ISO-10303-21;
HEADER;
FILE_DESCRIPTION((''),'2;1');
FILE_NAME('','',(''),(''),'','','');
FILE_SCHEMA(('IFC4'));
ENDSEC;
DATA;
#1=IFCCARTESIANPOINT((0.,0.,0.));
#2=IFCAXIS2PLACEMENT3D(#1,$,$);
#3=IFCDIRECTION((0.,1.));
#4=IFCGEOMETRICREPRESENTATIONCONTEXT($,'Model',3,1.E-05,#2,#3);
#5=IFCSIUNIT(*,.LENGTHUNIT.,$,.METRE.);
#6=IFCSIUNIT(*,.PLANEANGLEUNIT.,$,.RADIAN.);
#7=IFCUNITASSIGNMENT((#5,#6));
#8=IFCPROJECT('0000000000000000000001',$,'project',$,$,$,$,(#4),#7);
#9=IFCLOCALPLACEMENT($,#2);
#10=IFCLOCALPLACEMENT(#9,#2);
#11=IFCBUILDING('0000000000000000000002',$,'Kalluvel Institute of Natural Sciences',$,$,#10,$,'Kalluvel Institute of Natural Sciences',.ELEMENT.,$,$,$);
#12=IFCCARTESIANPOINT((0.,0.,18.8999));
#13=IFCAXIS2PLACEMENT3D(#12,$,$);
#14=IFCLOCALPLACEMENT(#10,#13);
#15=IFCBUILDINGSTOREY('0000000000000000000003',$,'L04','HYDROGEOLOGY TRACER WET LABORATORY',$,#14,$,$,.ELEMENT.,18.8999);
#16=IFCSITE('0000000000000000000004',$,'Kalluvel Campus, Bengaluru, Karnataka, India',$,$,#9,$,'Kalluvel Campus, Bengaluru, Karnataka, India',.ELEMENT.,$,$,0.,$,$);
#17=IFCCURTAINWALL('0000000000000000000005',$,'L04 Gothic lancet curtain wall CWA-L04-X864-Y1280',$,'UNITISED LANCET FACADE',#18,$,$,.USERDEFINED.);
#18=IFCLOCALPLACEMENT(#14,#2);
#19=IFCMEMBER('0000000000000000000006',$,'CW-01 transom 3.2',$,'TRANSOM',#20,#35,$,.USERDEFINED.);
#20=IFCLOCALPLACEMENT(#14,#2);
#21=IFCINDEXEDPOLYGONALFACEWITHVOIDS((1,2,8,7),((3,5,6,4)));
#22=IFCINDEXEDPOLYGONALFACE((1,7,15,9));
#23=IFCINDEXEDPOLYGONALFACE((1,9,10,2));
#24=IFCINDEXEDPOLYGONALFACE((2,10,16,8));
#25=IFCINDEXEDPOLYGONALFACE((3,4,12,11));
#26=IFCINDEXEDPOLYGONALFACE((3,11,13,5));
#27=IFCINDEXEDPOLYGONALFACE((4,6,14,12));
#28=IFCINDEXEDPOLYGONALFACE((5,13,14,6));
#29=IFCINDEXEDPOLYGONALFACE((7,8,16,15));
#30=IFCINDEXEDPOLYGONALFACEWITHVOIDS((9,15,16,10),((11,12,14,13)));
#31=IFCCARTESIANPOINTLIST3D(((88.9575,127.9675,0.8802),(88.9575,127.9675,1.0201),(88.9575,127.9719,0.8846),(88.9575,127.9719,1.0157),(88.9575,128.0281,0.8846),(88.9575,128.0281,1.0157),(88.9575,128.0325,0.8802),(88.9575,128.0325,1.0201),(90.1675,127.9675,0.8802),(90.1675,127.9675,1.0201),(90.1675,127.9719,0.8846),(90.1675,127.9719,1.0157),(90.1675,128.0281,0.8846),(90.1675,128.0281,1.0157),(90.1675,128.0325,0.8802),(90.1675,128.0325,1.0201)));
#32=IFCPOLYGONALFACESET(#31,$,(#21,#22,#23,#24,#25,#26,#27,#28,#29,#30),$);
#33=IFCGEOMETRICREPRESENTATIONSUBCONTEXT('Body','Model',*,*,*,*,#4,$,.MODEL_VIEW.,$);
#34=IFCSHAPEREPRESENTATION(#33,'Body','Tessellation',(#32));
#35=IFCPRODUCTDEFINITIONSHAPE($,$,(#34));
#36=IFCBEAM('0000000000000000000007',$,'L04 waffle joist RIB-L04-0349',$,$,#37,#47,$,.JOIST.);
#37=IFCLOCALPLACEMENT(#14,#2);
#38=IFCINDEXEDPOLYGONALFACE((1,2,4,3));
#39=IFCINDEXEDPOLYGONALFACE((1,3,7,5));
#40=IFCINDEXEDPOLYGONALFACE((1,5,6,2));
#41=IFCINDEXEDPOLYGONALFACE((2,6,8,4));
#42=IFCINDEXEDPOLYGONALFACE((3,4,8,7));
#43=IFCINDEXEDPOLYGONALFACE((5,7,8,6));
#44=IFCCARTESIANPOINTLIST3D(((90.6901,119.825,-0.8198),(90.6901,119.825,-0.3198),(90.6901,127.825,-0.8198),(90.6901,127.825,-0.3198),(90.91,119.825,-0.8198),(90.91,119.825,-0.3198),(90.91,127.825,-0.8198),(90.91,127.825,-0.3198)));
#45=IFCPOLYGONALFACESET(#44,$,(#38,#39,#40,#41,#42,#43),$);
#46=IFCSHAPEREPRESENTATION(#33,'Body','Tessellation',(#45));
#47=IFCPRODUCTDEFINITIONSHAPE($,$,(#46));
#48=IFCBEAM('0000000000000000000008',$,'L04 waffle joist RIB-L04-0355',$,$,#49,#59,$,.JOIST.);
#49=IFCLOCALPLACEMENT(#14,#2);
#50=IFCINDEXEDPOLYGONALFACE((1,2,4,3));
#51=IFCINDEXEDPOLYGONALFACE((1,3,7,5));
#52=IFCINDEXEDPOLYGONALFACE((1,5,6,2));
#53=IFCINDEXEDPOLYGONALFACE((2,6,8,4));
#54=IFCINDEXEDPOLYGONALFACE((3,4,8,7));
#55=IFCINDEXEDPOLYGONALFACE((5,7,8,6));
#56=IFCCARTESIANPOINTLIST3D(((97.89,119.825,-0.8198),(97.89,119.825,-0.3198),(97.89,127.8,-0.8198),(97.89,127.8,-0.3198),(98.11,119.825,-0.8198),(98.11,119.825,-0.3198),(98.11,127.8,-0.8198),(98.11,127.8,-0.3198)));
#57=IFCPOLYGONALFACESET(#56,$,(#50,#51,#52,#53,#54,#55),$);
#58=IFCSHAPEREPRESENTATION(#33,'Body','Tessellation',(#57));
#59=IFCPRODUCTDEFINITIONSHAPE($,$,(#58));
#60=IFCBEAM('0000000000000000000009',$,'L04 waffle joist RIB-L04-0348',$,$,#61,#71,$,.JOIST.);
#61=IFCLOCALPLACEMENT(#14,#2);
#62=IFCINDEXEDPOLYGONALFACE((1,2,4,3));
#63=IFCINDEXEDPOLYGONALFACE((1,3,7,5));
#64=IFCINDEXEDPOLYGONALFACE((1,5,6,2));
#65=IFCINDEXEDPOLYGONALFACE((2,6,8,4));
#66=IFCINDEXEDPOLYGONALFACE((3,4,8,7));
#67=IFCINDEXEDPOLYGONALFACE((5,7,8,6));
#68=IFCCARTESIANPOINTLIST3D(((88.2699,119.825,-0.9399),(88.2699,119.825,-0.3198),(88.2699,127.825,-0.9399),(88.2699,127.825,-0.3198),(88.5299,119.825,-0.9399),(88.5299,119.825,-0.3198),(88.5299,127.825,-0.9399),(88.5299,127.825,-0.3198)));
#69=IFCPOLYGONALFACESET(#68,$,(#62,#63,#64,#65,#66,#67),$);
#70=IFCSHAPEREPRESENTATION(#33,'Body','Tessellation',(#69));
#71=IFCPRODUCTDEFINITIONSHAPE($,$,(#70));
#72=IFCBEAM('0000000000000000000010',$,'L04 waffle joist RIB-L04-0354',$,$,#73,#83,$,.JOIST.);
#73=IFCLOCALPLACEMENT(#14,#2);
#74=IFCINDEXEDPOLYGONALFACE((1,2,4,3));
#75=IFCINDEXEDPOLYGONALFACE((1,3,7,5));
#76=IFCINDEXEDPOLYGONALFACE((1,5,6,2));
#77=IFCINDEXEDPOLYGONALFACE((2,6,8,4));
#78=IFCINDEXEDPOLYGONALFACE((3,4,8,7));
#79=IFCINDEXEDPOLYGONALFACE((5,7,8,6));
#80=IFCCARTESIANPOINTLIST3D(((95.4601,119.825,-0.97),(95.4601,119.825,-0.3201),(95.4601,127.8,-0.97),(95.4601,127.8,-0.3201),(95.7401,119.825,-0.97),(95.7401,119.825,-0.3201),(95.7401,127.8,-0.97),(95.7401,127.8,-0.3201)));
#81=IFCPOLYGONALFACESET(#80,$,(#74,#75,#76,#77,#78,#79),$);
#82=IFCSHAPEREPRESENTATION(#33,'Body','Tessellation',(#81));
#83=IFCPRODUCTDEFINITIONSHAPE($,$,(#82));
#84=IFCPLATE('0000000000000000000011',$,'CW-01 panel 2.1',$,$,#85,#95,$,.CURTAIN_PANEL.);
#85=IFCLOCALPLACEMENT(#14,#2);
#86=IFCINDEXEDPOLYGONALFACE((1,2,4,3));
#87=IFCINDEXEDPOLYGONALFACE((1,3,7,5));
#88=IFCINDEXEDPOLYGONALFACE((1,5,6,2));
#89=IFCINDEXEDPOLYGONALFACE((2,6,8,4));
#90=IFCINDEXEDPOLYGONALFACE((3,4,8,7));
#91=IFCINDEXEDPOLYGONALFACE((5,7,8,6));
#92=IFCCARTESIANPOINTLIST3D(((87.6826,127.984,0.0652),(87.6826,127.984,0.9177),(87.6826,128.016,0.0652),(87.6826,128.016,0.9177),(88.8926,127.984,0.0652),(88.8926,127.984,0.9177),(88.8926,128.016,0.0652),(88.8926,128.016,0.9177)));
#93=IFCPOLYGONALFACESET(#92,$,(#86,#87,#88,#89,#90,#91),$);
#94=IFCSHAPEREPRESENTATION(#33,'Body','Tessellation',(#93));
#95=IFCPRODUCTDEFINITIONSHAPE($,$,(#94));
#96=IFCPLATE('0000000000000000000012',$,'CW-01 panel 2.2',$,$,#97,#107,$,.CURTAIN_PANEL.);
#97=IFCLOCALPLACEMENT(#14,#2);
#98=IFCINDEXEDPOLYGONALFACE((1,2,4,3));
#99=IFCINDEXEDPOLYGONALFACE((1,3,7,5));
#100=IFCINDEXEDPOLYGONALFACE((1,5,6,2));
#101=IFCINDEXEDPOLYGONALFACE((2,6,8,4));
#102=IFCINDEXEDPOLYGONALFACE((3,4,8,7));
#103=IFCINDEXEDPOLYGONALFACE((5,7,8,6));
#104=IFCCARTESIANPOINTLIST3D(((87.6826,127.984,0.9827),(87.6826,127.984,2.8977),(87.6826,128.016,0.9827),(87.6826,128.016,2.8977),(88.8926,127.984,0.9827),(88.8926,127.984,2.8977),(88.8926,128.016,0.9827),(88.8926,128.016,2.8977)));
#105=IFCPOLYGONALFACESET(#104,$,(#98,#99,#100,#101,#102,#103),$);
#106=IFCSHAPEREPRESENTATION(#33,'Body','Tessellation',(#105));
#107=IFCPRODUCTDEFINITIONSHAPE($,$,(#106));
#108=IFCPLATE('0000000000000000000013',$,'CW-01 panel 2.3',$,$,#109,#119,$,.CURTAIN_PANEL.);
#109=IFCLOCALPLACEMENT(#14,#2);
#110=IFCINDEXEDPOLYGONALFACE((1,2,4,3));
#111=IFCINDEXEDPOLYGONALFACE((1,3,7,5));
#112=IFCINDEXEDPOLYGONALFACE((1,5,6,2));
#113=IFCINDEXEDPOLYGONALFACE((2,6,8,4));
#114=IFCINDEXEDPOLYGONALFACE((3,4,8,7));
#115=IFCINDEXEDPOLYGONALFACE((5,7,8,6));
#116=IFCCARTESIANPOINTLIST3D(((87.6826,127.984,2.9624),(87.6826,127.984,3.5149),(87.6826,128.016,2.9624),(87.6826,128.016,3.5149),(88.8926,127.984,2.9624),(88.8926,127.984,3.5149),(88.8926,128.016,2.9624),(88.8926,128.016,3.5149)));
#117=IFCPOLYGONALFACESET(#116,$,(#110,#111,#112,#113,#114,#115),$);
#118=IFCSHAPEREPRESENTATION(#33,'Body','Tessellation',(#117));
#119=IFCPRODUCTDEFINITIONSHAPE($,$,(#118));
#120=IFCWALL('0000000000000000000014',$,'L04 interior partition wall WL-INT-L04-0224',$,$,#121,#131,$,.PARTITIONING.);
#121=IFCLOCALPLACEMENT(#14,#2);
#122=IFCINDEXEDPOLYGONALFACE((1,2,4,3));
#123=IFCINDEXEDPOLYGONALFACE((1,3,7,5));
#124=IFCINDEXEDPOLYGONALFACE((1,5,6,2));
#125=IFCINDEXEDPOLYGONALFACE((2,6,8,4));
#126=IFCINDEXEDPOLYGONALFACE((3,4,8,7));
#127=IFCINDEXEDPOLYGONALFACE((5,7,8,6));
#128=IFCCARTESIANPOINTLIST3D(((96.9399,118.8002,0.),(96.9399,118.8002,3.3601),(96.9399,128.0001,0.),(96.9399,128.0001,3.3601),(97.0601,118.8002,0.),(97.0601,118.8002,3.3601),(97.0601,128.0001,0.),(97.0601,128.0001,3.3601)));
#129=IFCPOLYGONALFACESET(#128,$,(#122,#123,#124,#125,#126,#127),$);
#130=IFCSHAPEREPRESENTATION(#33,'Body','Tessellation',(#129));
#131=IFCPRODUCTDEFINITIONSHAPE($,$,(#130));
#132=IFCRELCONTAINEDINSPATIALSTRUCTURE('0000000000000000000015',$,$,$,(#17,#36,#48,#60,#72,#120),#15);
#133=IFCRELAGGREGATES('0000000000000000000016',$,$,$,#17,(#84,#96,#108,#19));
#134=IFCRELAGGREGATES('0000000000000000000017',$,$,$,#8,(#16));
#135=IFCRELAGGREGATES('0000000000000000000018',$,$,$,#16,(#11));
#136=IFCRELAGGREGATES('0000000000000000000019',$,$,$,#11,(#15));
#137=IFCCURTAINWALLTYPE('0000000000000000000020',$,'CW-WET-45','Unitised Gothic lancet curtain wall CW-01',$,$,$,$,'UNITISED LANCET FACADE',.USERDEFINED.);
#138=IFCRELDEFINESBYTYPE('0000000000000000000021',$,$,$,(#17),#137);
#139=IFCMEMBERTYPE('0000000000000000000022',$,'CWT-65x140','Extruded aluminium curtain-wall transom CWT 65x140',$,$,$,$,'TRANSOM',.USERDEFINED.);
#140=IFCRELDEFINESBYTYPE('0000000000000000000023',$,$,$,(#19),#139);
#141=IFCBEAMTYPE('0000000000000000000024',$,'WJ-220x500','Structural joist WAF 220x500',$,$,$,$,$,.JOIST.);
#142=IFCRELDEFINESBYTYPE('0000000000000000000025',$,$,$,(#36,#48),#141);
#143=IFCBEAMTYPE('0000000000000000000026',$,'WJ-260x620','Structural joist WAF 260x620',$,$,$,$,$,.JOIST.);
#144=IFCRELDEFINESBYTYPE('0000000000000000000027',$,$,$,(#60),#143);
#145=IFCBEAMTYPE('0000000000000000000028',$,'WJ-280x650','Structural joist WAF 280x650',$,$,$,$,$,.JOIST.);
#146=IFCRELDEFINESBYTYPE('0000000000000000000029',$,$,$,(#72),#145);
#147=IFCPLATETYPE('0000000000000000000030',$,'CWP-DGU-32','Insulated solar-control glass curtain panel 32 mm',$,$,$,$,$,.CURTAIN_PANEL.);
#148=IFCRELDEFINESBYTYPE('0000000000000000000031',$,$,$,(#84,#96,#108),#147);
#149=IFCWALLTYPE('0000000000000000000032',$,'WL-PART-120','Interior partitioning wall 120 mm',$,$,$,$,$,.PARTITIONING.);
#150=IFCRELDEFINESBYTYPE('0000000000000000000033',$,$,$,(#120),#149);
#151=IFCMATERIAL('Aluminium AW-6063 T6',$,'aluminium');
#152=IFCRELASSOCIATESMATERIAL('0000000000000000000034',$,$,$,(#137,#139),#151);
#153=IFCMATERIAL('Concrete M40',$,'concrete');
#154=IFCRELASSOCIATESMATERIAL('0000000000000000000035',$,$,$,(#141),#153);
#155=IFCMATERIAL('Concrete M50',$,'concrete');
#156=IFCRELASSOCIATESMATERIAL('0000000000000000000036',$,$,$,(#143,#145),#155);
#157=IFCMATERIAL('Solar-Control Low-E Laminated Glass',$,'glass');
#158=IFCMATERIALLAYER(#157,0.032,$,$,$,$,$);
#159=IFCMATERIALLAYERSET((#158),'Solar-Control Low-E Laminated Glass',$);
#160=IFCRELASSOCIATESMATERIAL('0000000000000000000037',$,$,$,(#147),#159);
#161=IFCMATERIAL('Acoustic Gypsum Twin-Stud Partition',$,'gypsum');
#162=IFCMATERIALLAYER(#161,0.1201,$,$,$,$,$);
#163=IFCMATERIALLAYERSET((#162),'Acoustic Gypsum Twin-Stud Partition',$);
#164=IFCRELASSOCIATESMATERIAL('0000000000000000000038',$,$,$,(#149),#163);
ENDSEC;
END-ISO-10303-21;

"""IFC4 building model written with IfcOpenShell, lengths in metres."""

from ifc_helpers import new_model, si_unit, direction, frame, frame_2d, origin, origin_2d, place, context, subcontext, project, spatial, rectangle, hollow_rectangle, extrude, material, layer, layer_set, material_profile, profile_set, type_object, element, aggregate, save


model = new_model("IFC4")

# Units and contexts
model_context = context("Model", 3, precision=1e-05, world=origin(), true_north=direction((0.0, 1.0)))
body_context = subcontext(model_context, "Body", "Model", "MODEL_VIEW")
ifc_project = project(units=[si_unit("LENGTHUNIT", "METRE"), si_unit("PLANEANGLEUNIT", "RADIAN")], contexts=[model_context])

# Site, building, storey
site_placement = place(None, origin())
site = spatial("IfcSite", under=ifc_project, at=site_placement, Name="Kalluvel Campus, Bengaluru, Karnataka, India", LongName="Kalluvel Campus, Bengaluru, Karnataka, India", CompositionType="ELEMENT", RefElevation=0.0)
building_placement = place(site_placement, origin())
building = spatial("IfcBuilding", under=site, at=building_placement, Name="Kalluvel Institute of Natural Sciences", LongName="Kalluvel Institute of Natural Sciences", CompositionType="ELEMENT")
storey_placement = place(building_placement, frame((0.0, 0.0, 18.8999)))
storey = spatial("IfcBuildingStorey", under=building, at=storey_placement, Name="L04", Description="HYDROGEOLOGY TRACER WET LABORATORY", CompositionType="ELEMENT", Elevation=18.8999)

# Shared definitions
ifc_material_1 = material(Name="Concrete M50", Category="concrete")

# Shared definitions
ifc_material_2 = material(Name="Concrete M40", Category="concrete")

# Curtain wall, member
ifc_material_3 = material(Name="Aluminium AW-6063 T6", Category="aluminium")
curtain_wall_type = type_object("IfcCurtainWallType", Name="CW-WET-45", Description="Unitised Gothic lancet curtain wall CW-01", ElementType="UNITISED LANCET FACADE", PredefinedType="USERDEFINED", material=ifc_material_3)
curtain_wall_placement = place(storey_placement, origin())
curtain_wall = element("IfcCurtainWall", 1, at=curtain_wall_placement, inside=storey, type_object=curtain_wall_type, Name="L04 Gothic lancet curtain wall CWA-L04-X864-Y1280", ObjectType="UNITISED LANCET FACADE", PredefinedType="USERDEFINED")
ifc_material_profile_1 = material_profile(ifc_material_3, hollow_rectangle(XDim=0.0649, YDim=0.1399, WallThickness=0.0044, at=origin_2d()), Name="CWT 65x140")
ifc_profile_set_1 = profile_set([ifc_material_profile_1], Name="Aluminium AW-6063 T6")
member_type_1 = type_object("IfcMemberType", Name="CWT-65x140", Description="Extruded aluminium curtain-wall transom CWT 65x140", ElementType="TRANSOM", PredefinedType="USERDEFINED", material=ifc_profile_set_1)
member_1_placement = place(storey_placement, frame((88.9575, 128.0, 0.9502), z_axis=(1.0, 0.0, 0.0), x_axis=(0.0, 1.0, 0.0)))
member_1 = element("IfcMember", 2, at=member_1_placement, type_object=member_type_1, Name="CW-01 transom 3.2", ObjectType="TRANSOM", PredefinedType="USERDEFINED", context=body_context, shape_type="SweptSolid", body=[
    extrude(hollow_rectangle(XDim=0.0649, YDim=0.1399, WallThickness=0.0044, at=origin_2d()), origin(), (0.0, 0.0, 1.0), 1.21),
])

# Beams
ifc_material_profile_2 = material_profile(ifc_material_2, rectangle(XDim=0.22, YDim=0.5, at=origin_2d()), Name="WAF 220x500")
ifc_profile_set_2 = profile_set([ifc_material_profile_2], Name="Concrete M40")
beam_type_1 = type_object("IfcBeamType", Name="WJ-220x500", Description="Structural joist WAF 220x500", PredefinedType="JOIST", material=ifc_profile_set_2)
beam_1_placement = place(storey_placement, frame((90.8, 119.825, -0.5698), z_axis=(0.0, 1.0, 0.0), x_axis=(-1.0, 0.0, 0.0)))
element("IfcBeam", 3, at=beam_1_placement, inside=storey, type_object=beam_type_1, Name="L04 waffle joist RIB-L04-0349", PredefinedType="JOIST", context=body_context, shape_type="SweptSolid", body=[
    extrude(rectangle(XDim=0.22, YDim=0.5, at=origin_2d()), origin(), (0.0, 0.0, 1.0), 8.0),
])
beam_2_placement = place(storey_placement, frame((98.0, 119.825, -0.5698), z_axis=(0.0, 1.0, 0.0), x_axis=(-1.0, 0.0, 0.0)))
element("IfcBeam", 4, at=beam_2_placement, inside=storey, type_object=beam_type_1, Name="L04 waffle joist RIB-L04-0355", PredefinedType="JOIST", context=body_context, shape_type="SweptSolid", body=[
    extrude(rectangle(XDim=0.22, YDim=0.5, at=origin_2d()), origin(), (0.0, 0.0, 1.0), 7.9751),
])
ifc_material_profile_3 = material_profile(ifc_material_1, rectangle(XDim=0.26, YDim=0.6201, at=origin_2d()), Name="WAF 260x620")
ifc_profile_set_3 = profile_set([ifc_material_profile_3], Name="Concrete M50")
beam_type_2 = type_object("IfcBeamType", Name="WJ-260x620", Description="Structural joist WAF 260x620", PredefinedType="JOIST", material=ifc_profile_set_3)
beam_3_placement = place(storey_placement, frame((88.3999, 119.825, -0.6299), z_axis=(0.0, 1.0, 0.0), x_axis=(-1.0, 0.0, 0.0)))
element("IfcBeam", 5, at=beam_3_placement, inside=storey, type_object=beam_type_2, Name="L04 waffle joist RIB-L04-0348", PredefinedType="JOIST", context=body_context, shape_type="SweptSolid", body=[
    extrude(rectangle(XDim=0.26, YDim=0.6201, at=origin_2d()), origin(), (0.0, 0.0, 1.0), 8.0),
])
ifc_material_profile_4 = material_profile(ifc_material_1, rectangle(XDim=0.28, YDim=0.6499, at=origin_2d()), Name="WAF 280x650")
ifc_profile_set_4 = profile_set([ifc_material_profile_4], Name="Concrete M50")
beam_type_3 = type_object("IfcBeamType", Name="WJ-280x650", Description="Structural joist WAF 280x650", PredefinedType="JOIST", material=ifc_profile_set_4)
beam_4_placement = place(storey_placement, frame((95.6001, 119.825, -0.645), z_axis=(0.0, 1.0, 0.0), x_axis=(-1.0, 0.0, 0.0)))
element("IfcBeam", 6, at=beam_4_placement, inside=storey, type_object=beam_type_3, Name="L04 waffle joist RIB-L04-0354", PredefinedType="JOIST", context=body_context, shape_type="SweptSolid", body=[
    extrude(rectangle(XDim=0.28, YDim=0.6499, at=origin_2d()), origin(), (0.0, 0.0, 1.0), 7.9751),
])

# Plates
ifc_material_4 = material(Name="Solar-Control Low-E Laminated Glass", Category="glass")
ifc_layer_1 = layer(ifc_material_4, 0.032)
ifc_layer_set_1 = layer_set([ifc_layer_1], Name="Solar-Control Low-E Laminated Glass")
plate_type = type_object("IfcPlateType", Name="CWP-DGU-32", Description="Insulated solar-control glass curtain panel 32 mm", PredefinedType="CURTAIN_PANEL", material=ifc_layer_set_1)
plate_1_placement = place(storey_placement, frame((88.2876, 128.0, 0.0652), z_axis=(0.0, 0.0, 1.0), x_axis=(1.0, 0.0, 0.0)))
plate_1 = element("IfcPlate", 7, at=plate_1_placement, type_object=plate_type, Name="CW-01 panel 2.1", PredefinedType="CURTAIN_PANEL", context=body_context, shape_type="SweptSolid", body=[
    extrude(rectangle(XDim=1.21, YDim=0.032, at=origin_2d()), origin(), (0.0, 0.0, 1.0), 0.8525),
])
plate_2_placement = place(storey_placement, frame((88.2876, 128.0, 0.9827), z_axis=(0.0, 0.0, 1.0), x_axis=(1.0, 0.0, 0.0)))
plate_2 = element("IfcPlate", 8, at=plate_2_placement, type_object=plate_type, Name="CW-01 panel 2.2", PredefinedType="CURTAIN_PANEL", context=body_context, shape_type="SweptSolid", body=[
    extrude(rectangle(XDim=1.21, YDim=0.032, at=origin_2d()), origin(), (0.0, 0.0, 1.0), 1.915),
])
plate_3_placement = place(storey_placement, frame((88.2876, 128.0, 2.9624), z_axis=(0.0, 0.0, 1.0), x_axis=(1.0, 0.0, 0.0)))
plate_3 = element("IfcPlate", 9, at=plate_3_placement, type_object=plate_type, Name="CW-01 panel 2.3", PredefinedType="CURTAIN_PANEL", context=body_context, shape_type="SweptSolid", body=[
    extrude(rectangle(XDim=1.21, YDim=0.032, at=origin_2d()), origin(), (0.0, 0.0, 1.0), 0.5525),
])
aggregate(curtain_wall, [plate_1, plate_2, plate_3, member_1])

# Wall
ifc_material_5 = material(Name="Acoustic Gypsum Twin-Stud Partition", Category="gypsum")
ifc_layer_2 = layer(ifc_material_5, 0.1201)
ifc_layer_set_2 = layer_set([ifc_layer_2], Name="Acoustic Gypsum Twin-Stud Partition")
wall_type = type_object("IfcWallType", Name="WL-PART-120", Description="Interior partitioning wall 120 mm", PredefinedType="PARTITIONING", material=ifc_layer_set_2)
wall_placement = place(storey_placement, frame((97.0, 118.8, 0.0), z_axis=(0.0, 0.0, 1.0), x_axis=(0.0, 1.0, 0.0)))
element("IfcWall", 10, at=wall_placement, inside=storey, type_object=wall_type, Name="L04 interior partition wall WL-INT-L04-0224", PredefinedType="PARTITIONING", context=body_context, shape_type="SweptSolid", body=[
    extrude(rectangle(XDim=9.2, YDim=0.1201, at=frame_2d((4.6001, 0.0))), origin(), (0.0, 0.0, 1.0), 3.3601),
])

save(model, "model.ifc")
